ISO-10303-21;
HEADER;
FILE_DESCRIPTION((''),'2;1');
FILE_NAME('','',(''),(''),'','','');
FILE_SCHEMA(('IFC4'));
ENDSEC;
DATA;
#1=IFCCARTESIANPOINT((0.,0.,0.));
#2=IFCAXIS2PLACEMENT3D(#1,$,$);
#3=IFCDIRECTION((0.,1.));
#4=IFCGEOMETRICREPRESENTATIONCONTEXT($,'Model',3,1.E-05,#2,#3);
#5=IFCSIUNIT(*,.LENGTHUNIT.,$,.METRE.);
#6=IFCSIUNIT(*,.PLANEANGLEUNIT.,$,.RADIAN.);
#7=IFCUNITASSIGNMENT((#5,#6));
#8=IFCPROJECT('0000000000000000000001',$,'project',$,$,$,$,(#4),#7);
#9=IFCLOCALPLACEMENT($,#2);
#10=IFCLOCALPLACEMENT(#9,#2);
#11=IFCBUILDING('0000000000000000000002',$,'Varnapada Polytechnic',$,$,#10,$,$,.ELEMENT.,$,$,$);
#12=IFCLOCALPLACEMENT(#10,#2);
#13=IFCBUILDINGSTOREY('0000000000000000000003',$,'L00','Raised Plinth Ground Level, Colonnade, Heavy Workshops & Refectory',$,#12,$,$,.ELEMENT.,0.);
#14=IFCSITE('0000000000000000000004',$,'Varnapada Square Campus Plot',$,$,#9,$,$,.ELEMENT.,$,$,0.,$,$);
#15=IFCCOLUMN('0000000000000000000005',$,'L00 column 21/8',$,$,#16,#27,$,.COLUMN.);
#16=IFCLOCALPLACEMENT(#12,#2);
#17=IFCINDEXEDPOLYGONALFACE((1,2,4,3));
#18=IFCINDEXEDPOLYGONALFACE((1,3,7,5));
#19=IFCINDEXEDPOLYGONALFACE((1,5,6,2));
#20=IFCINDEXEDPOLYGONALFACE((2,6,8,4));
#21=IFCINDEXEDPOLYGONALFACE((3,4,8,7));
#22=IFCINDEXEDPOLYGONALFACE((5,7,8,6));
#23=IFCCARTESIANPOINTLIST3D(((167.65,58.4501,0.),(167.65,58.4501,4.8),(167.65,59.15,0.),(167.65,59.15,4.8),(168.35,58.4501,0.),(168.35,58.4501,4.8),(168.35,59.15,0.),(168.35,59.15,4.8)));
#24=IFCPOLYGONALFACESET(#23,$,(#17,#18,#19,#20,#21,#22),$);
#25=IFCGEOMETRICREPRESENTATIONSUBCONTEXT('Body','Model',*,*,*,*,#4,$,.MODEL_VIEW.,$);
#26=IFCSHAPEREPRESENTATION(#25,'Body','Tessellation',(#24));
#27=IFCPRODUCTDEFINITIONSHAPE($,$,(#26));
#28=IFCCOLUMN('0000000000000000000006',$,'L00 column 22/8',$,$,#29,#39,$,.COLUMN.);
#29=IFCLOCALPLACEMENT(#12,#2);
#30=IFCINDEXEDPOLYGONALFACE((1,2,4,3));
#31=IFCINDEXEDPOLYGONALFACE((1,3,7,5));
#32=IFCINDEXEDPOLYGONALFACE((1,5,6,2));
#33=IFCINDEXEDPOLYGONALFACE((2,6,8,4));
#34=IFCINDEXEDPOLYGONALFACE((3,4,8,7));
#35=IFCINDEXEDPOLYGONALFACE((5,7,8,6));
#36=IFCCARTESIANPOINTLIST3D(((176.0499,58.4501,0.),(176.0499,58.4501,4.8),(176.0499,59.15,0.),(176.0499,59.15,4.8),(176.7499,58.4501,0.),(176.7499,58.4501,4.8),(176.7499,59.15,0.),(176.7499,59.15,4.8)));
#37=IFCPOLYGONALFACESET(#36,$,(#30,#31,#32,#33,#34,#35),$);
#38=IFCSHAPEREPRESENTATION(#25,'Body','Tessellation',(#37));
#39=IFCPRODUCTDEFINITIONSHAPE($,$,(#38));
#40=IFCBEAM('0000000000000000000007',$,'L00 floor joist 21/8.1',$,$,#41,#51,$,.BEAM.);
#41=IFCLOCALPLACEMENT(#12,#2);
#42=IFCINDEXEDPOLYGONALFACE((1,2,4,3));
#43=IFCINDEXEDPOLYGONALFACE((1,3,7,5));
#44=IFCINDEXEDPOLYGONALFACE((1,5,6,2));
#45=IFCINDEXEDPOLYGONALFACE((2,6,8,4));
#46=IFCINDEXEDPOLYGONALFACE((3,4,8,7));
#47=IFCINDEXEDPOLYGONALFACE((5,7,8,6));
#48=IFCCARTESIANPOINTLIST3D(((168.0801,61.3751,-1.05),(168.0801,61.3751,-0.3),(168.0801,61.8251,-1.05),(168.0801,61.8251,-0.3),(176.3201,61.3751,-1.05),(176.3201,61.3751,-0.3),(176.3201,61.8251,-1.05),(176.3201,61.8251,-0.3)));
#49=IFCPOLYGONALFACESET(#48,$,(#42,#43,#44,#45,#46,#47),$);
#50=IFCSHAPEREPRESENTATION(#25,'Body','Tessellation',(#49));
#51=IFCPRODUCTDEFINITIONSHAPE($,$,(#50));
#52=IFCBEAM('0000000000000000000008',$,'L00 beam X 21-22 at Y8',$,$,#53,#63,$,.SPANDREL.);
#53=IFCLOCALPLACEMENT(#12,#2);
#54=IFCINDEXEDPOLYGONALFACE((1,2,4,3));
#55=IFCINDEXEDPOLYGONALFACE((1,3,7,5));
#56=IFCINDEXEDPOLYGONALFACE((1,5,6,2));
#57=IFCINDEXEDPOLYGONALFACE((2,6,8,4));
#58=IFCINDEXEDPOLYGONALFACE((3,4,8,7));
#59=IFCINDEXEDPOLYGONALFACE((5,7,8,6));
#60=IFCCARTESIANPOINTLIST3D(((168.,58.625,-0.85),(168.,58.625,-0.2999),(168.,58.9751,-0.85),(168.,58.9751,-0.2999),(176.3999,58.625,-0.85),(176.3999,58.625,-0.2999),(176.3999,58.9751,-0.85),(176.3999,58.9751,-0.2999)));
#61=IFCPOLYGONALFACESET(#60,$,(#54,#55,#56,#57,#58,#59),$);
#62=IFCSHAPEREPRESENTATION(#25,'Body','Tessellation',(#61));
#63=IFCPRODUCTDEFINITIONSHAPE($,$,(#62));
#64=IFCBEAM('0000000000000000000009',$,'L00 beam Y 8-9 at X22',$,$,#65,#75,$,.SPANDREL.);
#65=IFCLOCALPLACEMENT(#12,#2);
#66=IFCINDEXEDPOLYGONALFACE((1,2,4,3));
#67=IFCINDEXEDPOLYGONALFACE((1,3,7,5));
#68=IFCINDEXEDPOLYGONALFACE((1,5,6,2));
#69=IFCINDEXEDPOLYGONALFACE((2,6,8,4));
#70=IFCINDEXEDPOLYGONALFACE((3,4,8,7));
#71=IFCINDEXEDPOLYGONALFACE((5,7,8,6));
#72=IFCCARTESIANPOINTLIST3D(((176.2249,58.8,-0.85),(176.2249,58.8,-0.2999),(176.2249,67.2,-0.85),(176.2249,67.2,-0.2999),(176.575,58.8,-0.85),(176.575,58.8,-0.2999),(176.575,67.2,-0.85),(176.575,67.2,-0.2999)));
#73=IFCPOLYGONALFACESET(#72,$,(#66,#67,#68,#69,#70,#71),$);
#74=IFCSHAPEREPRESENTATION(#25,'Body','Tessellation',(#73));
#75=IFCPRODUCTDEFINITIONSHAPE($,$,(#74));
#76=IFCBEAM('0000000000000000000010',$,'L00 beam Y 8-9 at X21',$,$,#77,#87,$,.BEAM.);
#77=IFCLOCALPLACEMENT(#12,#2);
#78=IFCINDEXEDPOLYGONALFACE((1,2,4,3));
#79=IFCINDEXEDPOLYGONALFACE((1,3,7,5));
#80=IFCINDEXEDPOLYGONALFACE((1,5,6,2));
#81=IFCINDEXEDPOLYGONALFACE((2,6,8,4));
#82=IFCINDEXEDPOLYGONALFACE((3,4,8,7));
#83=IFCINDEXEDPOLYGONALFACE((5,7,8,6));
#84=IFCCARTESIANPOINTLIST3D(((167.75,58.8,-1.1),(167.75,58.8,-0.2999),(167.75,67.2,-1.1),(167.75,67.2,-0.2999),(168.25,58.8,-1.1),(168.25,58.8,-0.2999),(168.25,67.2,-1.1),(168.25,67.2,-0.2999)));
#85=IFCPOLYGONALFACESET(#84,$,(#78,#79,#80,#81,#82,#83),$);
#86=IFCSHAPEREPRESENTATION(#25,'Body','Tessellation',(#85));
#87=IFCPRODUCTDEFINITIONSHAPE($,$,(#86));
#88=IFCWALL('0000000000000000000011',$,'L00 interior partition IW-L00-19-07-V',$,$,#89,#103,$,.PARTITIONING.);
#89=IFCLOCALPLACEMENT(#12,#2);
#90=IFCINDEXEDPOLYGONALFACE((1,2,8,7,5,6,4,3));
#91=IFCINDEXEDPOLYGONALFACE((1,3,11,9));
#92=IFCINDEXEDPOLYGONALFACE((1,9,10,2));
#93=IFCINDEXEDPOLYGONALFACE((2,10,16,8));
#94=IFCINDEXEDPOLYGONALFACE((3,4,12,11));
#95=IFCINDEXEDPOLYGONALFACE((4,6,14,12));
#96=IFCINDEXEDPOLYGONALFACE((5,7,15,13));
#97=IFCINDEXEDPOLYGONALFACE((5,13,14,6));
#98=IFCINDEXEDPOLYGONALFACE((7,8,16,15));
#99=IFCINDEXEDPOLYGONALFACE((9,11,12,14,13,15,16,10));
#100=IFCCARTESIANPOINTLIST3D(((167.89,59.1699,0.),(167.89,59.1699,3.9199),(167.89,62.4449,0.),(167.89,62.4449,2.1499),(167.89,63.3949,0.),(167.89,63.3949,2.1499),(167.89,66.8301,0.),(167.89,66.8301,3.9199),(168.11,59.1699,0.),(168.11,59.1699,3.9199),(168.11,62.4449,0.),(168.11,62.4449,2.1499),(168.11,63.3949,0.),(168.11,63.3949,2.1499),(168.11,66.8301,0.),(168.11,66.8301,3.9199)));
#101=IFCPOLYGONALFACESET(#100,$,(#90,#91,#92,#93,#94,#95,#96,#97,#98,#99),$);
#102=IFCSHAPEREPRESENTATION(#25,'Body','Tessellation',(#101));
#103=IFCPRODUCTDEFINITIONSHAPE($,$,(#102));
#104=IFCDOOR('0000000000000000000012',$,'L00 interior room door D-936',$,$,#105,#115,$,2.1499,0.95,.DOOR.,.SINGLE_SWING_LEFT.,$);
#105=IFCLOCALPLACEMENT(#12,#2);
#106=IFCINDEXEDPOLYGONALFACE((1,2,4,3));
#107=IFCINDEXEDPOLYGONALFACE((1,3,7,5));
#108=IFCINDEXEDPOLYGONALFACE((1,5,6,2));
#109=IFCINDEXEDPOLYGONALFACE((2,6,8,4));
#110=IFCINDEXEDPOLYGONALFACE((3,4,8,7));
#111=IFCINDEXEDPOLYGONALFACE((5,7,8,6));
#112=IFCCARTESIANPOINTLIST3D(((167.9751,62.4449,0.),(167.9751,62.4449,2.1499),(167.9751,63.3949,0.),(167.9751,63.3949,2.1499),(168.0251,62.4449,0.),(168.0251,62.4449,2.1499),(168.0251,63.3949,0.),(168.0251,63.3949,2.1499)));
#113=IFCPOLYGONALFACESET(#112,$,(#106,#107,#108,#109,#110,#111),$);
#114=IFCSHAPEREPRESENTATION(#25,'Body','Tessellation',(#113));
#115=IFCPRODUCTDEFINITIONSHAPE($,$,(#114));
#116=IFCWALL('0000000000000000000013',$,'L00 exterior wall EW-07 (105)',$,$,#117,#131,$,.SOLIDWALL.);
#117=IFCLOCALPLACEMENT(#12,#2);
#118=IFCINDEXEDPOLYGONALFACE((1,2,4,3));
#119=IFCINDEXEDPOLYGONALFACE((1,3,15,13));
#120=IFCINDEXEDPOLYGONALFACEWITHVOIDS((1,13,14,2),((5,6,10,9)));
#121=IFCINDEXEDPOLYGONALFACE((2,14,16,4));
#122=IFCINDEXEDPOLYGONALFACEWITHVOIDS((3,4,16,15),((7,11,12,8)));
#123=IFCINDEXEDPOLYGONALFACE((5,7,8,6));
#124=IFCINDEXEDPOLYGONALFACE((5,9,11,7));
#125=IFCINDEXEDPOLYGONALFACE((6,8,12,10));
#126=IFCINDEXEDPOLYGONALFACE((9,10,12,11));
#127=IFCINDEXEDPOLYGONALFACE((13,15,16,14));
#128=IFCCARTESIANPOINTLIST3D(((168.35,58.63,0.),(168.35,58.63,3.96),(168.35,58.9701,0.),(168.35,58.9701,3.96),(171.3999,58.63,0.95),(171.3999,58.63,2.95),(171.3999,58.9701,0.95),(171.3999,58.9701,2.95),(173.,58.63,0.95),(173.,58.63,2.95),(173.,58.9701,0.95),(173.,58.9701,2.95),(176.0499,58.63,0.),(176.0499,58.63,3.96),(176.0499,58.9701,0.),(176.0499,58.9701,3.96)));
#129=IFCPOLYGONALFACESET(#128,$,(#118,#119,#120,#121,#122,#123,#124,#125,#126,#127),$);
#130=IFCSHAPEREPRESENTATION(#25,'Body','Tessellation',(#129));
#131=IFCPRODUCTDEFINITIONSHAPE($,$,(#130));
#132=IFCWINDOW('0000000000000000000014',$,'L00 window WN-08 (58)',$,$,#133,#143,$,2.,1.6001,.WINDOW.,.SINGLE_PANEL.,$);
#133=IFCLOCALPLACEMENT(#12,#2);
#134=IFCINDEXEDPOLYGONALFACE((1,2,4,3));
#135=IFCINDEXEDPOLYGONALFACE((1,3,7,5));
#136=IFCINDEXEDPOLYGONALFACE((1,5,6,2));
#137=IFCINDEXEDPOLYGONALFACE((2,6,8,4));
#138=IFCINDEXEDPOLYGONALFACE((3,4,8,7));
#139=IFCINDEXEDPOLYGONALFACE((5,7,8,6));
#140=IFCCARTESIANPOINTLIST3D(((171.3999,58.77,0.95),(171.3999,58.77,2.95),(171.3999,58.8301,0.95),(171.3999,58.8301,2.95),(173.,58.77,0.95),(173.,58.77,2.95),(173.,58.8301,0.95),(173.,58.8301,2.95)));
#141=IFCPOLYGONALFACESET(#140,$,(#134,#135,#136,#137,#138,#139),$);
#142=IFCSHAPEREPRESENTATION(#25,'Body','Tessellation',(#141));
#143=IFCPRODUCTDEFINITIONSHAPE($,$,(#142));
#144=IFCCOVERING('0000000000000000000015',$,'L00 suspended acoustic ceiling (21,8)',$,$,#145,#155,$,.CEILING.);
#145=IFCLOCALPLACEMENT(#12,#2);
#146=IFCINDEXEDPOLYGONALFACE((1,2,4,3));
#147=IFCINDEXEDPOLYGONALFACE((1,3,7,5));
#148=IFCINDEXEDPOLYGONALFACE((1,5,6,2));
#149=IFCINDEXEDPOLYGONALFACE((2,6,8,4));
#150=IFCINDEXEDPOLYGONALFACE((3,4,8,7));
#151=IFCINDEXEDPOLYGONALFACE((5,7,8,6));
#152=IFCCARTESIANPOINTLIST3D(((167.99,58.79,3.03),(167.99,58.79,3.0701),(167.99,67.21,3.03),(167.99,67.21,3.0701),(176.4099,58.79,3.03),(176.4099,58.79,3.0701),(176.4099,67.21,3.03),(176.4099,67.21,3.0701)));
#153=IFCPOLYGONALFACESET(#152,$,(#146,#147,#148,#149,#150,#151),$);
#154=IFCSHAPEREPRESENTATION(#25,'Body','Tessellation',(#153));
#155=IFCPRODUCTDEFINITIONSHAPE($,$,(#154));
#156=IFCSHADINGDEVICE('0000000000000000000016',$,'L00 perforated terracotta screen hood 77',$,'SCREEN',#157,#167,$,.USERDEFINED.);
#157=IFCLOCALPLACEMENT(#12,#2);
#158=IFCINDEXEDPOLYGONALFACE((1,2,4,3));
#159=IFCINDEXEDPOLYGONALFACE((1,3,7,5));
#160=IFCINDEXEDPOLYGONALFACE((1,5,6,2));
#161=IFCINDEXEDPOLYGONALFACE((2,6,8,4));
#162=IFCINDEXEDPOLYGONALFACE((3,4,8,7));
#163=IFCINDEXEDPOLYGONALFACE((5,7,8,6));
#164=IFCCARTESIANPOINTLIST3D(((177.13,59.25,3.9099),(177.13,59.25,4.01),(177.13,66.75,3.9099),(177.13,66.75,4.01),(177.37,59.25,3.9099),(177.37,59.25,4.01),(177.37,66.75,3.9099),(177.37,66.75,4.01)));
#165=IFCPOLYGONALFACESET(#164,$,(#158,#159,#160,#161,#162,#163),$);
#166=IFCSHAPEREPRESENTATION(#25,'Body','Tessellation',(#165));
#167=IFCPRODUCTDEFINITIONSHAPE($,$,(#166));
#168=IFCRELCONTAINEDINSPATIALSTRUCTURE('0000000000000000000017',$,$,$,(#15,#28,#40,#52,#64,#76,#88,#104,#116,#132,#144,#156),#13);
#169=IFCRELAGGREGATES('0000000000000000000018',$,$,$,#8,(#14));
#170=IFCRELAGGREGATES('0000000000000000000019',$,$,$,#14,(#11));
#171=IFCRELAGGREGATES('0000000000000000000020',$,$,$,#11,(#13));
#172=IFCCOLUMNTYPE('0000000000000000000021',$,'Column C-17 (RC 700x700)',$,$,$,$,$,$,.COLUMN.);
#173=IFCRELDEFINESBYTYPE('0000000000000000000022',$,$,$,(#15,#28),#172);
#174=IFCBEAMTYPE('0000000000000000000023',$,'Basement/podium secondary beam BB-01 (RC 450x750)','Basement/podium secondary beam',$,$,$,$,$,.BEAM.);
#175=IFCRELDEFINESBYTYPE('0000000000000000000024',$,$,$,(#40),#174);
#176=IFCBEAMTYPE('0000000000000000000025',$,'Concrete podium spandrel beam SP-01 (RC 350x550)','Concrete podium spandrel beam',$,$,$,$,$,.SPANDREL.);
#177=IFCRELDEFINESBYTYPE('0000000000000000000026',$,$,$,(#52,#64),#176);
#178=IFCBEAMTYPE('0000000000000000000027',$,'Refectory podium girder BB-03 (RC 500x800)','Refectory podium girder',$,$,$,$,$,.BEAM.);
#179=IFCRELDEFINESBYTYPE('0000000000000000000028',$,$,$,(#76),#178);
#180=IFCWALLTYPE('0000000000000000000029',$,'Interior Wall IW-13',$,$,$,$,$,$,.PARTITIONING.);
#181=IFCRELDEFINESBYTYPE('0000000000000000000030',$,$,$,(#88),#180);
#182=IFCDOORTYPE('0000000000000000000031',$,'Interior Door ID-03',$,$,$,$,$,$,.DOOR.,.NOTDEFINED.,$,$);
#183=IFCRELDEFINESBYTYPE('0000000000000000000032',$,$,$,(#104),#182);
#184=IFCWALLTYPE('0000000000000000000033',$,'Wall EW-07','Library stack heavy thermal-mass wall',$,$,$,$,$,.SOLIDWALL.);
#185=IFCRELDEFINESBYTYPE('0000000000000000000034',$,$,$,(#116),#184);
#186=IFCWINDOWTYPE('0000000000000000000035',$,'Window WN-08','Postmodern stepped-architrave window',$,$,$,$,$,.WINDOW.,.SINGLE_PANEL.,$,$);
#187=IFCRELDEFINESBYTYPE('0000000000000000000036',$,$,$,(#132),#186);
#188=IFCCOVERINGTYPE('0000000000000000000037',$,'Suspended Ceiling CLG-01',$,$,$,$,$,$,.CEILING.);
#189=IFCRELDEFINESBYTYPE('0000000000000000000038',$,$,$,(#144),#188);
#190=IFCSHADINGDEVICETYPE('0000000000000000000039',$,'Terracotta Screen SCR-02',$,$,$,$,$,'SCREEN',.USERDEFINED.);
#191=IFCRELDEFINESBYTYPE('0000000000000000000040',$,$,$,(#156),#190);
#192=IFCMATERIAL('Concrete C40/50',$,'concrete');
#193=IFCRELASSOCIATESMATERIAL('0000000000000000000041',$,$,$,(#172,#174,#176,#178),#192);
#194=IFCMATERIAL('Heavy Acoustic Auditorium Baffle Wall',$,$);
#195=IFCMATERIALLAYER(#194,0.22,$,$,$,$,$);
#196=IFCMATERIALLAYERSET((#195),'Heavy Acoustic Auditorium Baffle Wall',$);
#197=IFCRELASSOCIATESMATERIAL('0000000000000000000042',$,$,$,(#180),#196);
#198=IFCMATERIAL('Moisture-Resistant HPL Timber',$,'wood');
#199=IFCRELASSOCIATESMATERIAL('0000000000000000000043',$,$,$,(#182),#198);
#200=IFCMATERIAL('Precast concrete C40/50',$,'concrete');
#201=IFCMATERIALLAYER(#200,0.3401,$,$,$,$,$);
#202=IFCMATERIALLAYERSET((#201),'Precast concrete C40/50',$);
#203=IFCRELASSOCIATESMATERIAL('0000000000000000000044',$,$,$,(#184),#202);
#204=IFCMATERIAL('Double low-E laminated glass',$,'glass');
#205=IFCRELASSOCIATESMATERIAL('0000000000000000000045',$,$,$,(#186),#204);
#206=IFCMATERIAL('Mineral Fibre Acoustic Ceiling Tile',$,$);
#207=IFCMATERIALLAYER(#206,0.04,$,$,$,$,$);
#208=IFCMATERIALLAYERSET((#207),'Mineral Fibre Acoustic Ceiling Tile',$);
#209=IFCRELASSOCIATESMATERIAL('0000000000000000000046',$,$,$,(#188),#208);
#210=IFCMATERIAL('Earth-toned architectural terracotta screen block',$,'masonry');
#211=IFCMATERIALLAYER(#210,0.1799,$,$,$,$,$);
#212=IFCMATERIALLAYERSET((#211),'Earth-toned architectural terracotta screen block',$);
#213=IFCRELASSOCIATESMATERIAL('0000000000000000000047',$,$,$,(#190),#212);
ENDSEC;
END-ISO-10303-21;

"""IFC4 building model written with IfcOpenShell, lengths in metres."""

from ifc_helpers import new_model, si_unit, direction, frame, frame_2d, origin, origin_2d, place, context, subcontext, project, spatial, rectangle, extrude, material, layer, layer_set, material_profile, profile_set, type_object, element, fill, save


model = new_model("IFC4")

# Units and contexts
model_context = context("Model", 3, precision=1e-05, world=origin(), true_north=direction((0.0, 1.0)))
body_context = subcontext(model_context, "Body", "Model", "MODEL_VIEW")
ifc_project = project(units=[si_unit("LENGTHUNIT", "METRE"), si_unit("PLANEANGLEUNIT", "RADIAN")], contexts=[model_context])

# Site, building, storey
site_placement = place(None, origin())
site = spatial("IfcSite", under=ifc_project, at=site_placement, Name="Varnapada Square Campus Plot", CompositionType="ELEMENT", RefElevation=0.0)
building_placement = place(site_placement, origin())
building = spatial("IfcBuilding", under=site, at=building_placement, Name="Varnapada Polytechnic", CompositionType="ELEMENT")
storey_placement = place(building_placement, origin())
storey = spatial("IfcBuildingStorey", under=building, at=storey_placement, Name="L00", Description="Raised Plinth Ground Level, Colonnade, Heavy Workshops & Refectory", CompositionType="ELEMENT", Elevation=0.0)

# Columns
ifc_material_1 = material(Name="Concrete C40/50", Category="concrete")
ifc_material_profile_1 = material_profile(ifc_material_1, rectangle(XDim=0.7, YDim=0.7, at=origin_2d()), Name="RC 700x700")
ifc_profile_set_1 = profile_set([ifc_material_profile_1], Name="Concrete C40/50")
column_type = type_object("IfcColumnType", Name="Column C-17 (RC 700x700)", PredefinedType="COLUMN", material=ifc_profile_set_1)
for number, where, z_axis, x_axis, name in (
    (1, (168.0, 58.8, 0.0), (0.0, 0.0, 1.0), (1.0, 0.0, 0.0), "L00 column 21/8"),
    (2, (176.3999, 58.8, 0.0), (0.0, 0.0, 1.0), (1.0, 0.0, 0.0), "L00 column 22/8"),
):
    element("IfcColumn", number, at=place(storey_placement, frame(where, z_axis=z_axis, x_axis=x_axis)), inside=storey, type_object=column_type, Name=name, PredefinedType="COLUMN", context=body_context, shape_type="SweptSolid", body=[
        extrude(rectangle(XDim=0.7, YDim=0.7, at=origin_2d()), origin(), (0.0, 0.0, 1.0), 4.8),
    ])

# Beams
ifc_material_profile_2 = material_profile(ifc_material_1, rectangle(XDim=0.45, YDim=0.75, at=origin_2d()), Name="RC 450x750")
ifc_profile_set_2 = profile_set([ifc_material_profile_2], Name="Concrete C40/50")
beam_type_1 = type_object("IfcBeamType", Name="Basement/podium secondary beam BB-01 (RC 450x750)", Description="Basement/podium secondary beam", PredefinedType="BEAM", material=ifc_profile_set_2)
beam_1_placement = place(storey_placement, frame((168.0801, 61.6001, -0.675), z_axis=(1.0, 0.0, 0.0), x_axis=(0.0, 1.0, 0.0)))
element("IfcBeam", 3, at=beam_1_placement, inside=storey, type_object=beam_type_1, Name="L00 floor joist 21/8.1", PredefinedType="BEAM", context=body_context, shape_type="SweptSolid", body=[
    extrude(rectangle(XDim=0.45, YDim=0.75, at=origin_2d()), origin(), (0.0, 0.0, 1.0), 8.24),
])
ifc_material_profile_3 = material_profile(ifc_material_1, rectangle(XDim=0.3501, YDim=0.55, at=origin_2d()), Name="RC 350x550")
ifc_profile_set_3 = profile_set([ifc_material_profile_3], Name="Concrete C40/50")
beam_type_2 = type_object("IfcBeamType", Name="Concrete podium spandrel beam SP-01 (RC 350x550)", Description="Concrete podium spandrel beam", PredefinedType="SPANDREL", material=ifc_profile_set_3)
for number, where, z_axis, x_axis, name in (
    (4, (168.0, 58.8, -0.575), (1.0, 0.0, 0.0), (0.0, 1.0, 0.0), "L00 beam X 21-22 at Y8"),
    (5, (176.3999, 58.8, -0.575), (0.0, 1.0, 0.0), (-1.0, 0.0, 0.0), "L00 beam Y 8-9 at X22"),
):
    element("IfcBeam", number, at=place(storey_placement, frame(where, z_axis=z_axis, x_axis=x_axis)), inside=storey, type_object=beam_type_2, Name=name, PredefinedType="SPANDREL", context=body_context, shape_type="SweptSolid", body=[
        extrude(rectangle(XDim=0.3501, YDim=0.55, at=origin_2d()), origin(), (0.0, 0.0, 1.0), 8.3999),
    ])
ifc_material_profile_4 = material_profile(ifc_material_1, rectangle(XDim=0.5, YDim=0.8, at=origin_2d()), Name="RC 500x800")
ifc_profile_set_4 = profile_set([ifc_material_profile_4], Name="Concrete C40/50")
beam_type_3 = type_object("IfcBeamType", Name="Refectory podium girder BB-03 (RC 500x800)", Description="Refectory podium girder", PredefinedType="BEAM", material=ifc_profile_set_4)
beam_2_placement = place(storey_placement, frame((168.0, 58.8, -0.7), z_axis=(0.0, 1.0, 0.0), x_axis=(-1.0, 0.0, 0.0)))
element("IfcBeam", 6, at=beam_2_placement, inside=storey, type_object=beam_type_3, Name="L00 beam Y 8-9 at X21", PredefinedType="BEAM", context=body_context, shape_type="SweptSolid", body=[
    extrude(rectangle(XDim=0.5, YDim=0.8, at=origin_2d()), origin(), (0.0, 0.0, 1.0), 8.3999),
])

# Wall, opening, door
ifc_material_2 = material(Name="Heavy Acoustic Auditorium Baffle Wall")
ifc_layer_1 = layer(ifc_material_2, 0.22)
ifc_layer_set_1 = layer_set([ifc_layer_1], Name="Heavy Acoustic Auditorium Baffle Wall")
wall_type_1 = type_object("IfcWallType", Name="Interior Wall IW-13", PredefinedType="PARTITIONING", material=ifc_layer_set_1)
wall_1_placement = place(storey_placement, frame((168.0, 59.1699, 0.0), z_axis=(0.0, 0.0, 1.0), x_axis=(0.0, 1.0, 0.0)))
wall_1 = element("IfcWall", 7, at=wall_1_placement, inside=storey, type_object=wall_type_1, Name="L00 interior partition IW-L00-19-07-V", PredefinedType="PARTITIONING", context=body_context, shape_type="SweptSolid", body=[
    extrude(rectangle(XDim=7.6602, YDim=0.22, at=frame_2d((3.8301, 0.0))), origin(), (0.0, 0.0, 1.0), 3.9199),
])
opening_1_placement = place(wall_1_placement, frame((3.2749, 0.0, 0.0)))
opening_1 = element("IfcOpeningElement", 8, at=opening_1_placement, cuts=wall_1, PredefinedType="OPENING", context=body_context, shape_type="SweptSolid", body=[
    extrude(rectangle(XDim=0.95, YDim=2.1499, at=frame_2d((0.4751, 1.075))), frame((0.0, 0.1199, 0.0), z_axis=(0.0, -1.0, 0.0), x_axis=(1.0, 0.0, 0.0)), (0.0, 0.0, 1.0), 0.24),
])
ifc_material_3 = material(Name="Moisture-Resistant HPL Timber", Category="wood")
door_type = type_object("IfcDoorType", Name="Interior Door ID-03", OperationType="NOTDEFINED", PredefinedType="DOOR", material=ifc_material_3)
door_placement = place(opening_1_placement, origin())
door = element("IfcDoor", 9, at=door_placement, inside=storey, type_object=door_type, Name="L00 interior room door D-936", OperationType="SINGLE_SWING_LEFT", OverallHeight=2.1499, OverallWidth=0.95, PredefinedType="DOOR", context=body_context, shape_type="SweptSolid", body=[
    extrude(rectangle(XDim=0.95, YDim=2.1499, at=frame_2d((0.4751, 1.075))), frame((0.0, 0.0249, 0.0), z_axis=(0.0, -1.0, 0.0), x_axis=(1.0, 0.0, 0.0)), (0.0, 0.0, 1.0), 0.05),
])
fill(opening_1, door)

# Wall, opening, window
ifc_material_4 = material(Name="Precast concrete C40/50", Category="concrete")
ifc_layer_2 = layer(ifc_material_4, 0.3401)
ifc_layer_set_2 = layer_set([ifc_layer_2], Name="Precast concrete C40/50")
wall_type_2 = type_object("IfcWallType", Name="Wall EW-07", Description="Library stack heavy thermal-mass wall", PredefinedType="SOLIDWALL", material=ifc_layer_set_2)
wall_2_placement = place(storey_placement, frame((176.05, 58.8, 0.0), z_axis=(0.0, 0.0, 1.0), x_axis=(-1.0, 0.0, 0.0)))
wall_2 = element("IfcWall", 10, at=wall_2_placement, inside=storey, type_object=wall_type_2, Name="L00 exterior wall EW-07 (105)", PredefinedType="SOLIDWALL", context=body_context, shape_type="SweptSolid", body=[
    extrude(rectangle(XDim=7.7, YDim=0.3401, at=frame_2d((3.8501, 0.0))), origin(), (0.0, 0.0, 1.0), 3.96),
])
opening_2_placement = place(wall_2_placement, frame((3.05, 0.0, 0.95)))
opening_2 = element("IfcOpeningElement", 11, at=opening_2_placement, cuts=wall_2, PredefinedType="OPENING", context=body_context, shape_type="SweptSolid", body=[
    extrude(rectangle(XDim=1.6001, YDim=2.0, at=frame_2d((0.8, 1.0))), frame((0.0, 0.1799, 0.0), z_axis=(0.0, -1.0, 0.0), x_axis=(1.0, 0.0, 0.0)), (0.0, 0.0, 1.0), 0.3601),
])
ifc_material_5 = material(Name="Double low-E laminated glass", Category="glass")
window_type = type_object("IfcWindowType", Name="Window WN-08", Description="Postmodern stepped-architrave window", PartitioningType="SINGLE_PANEL", PredefinedType="WINDOW", material=ifc_material_5)
window_placement = place(opening_2_placement, origin())
window = element("IfcWindow", 12, at=window_placement, inside=storey, type_object=window_type, Name="L00 window WN-08 (58)", OverallHeight=2.0, OverallWidth=1.6001, PartitioningType="SINGLE_PANEL", PredefinedType="WINDOW", context=body_context, shape_type="SweptSolid", body=[
    extrude(rectangle(XDim=1.6001, YDim=2.0, at=frame_2d((0.8, 1.0))), frame((0.0, 0.03, 0.0), z_axis=(0.0, -1.0, 0.0), x_axis=(1.0, 0.0, 0.0)), (0.0, 0.0, 1.0), 0.0601),
])
fill(opening_2, window)

# Covering
ifc_material_6 = material(Name="Mineral Fibre Acoustic Ceiling Tile")
ifc_layer_3 = layer(ifc_material_6, 0.04)
ifc_layer_set_3 = layer_set([ifc_layer_3], Name="Mineral Fibre Acoustic Ceiling Tile")
covering_type = type_object("IfcCoveringType", Name="Suspended Ceiling CLG-01", PredefinedType="CEILING", material=ifc_layer_set_3)
covering_placement = place(storey_placement, frame((172.2, 63.0, 3.03), z_axis=(0.0, 0.0, 1.0), x_axis=(1.0, 0.0, 0.0)))
element("IfcCovering", 13, at=covering_placement, inside=storey, type_object=covering_type, Name="L00 suspended acoustic ceiling (21,8)", PredefinedType="CEILING", context=body_context, shape_type="SweptSolid", body=[
    extrude(rectangle(XDim=8.4199, YDim=8.4199, at=origin_2d()), origin(), (0.0, 0.0, 1.0), 0.04),
])

# Shading device
ifc_material_7 = material(Name="Earth-toned architectural terracotta screen block", Category="masonry")
ifc_layer_4 = layer(ifc_material_7, 0.1799)
ifc_layer_set_4 = layer_set([ifc_layer_4], Name="Earth-toned architectural terracotta screen block")
shading_device_type = type_object("IfcShadingDeviceType", Name="Terracotta Screen SCR-02", ElementType="SCREEN", PredefinedType="USERDEFINED", material=ifc_layer_set_4)
shading_device_placement = place(storey_placement, frame((177.25, 63.0, 3.9099), z_axis=(0.0, 0.0, 1.0), x_axis=(0.0, -1.0, 0.0)))
element("IfcShadingDevice", 14, at=shading_device_placement, inside=storey, type_object=shading_device_type, Name="L00 perforated terracotta screen hood 77", ObjectType="SCREEN", PredefinedType="USERDEFINED", context=body_context, shape_type="SweptSolid", body=[
    extrude(rectangle(XDim=7.5, YDim=0.24, at=origin_2d()), origin(), (0.0, 0.0, 1.0), 0.1001),
])

save(model, "model.ifc")
